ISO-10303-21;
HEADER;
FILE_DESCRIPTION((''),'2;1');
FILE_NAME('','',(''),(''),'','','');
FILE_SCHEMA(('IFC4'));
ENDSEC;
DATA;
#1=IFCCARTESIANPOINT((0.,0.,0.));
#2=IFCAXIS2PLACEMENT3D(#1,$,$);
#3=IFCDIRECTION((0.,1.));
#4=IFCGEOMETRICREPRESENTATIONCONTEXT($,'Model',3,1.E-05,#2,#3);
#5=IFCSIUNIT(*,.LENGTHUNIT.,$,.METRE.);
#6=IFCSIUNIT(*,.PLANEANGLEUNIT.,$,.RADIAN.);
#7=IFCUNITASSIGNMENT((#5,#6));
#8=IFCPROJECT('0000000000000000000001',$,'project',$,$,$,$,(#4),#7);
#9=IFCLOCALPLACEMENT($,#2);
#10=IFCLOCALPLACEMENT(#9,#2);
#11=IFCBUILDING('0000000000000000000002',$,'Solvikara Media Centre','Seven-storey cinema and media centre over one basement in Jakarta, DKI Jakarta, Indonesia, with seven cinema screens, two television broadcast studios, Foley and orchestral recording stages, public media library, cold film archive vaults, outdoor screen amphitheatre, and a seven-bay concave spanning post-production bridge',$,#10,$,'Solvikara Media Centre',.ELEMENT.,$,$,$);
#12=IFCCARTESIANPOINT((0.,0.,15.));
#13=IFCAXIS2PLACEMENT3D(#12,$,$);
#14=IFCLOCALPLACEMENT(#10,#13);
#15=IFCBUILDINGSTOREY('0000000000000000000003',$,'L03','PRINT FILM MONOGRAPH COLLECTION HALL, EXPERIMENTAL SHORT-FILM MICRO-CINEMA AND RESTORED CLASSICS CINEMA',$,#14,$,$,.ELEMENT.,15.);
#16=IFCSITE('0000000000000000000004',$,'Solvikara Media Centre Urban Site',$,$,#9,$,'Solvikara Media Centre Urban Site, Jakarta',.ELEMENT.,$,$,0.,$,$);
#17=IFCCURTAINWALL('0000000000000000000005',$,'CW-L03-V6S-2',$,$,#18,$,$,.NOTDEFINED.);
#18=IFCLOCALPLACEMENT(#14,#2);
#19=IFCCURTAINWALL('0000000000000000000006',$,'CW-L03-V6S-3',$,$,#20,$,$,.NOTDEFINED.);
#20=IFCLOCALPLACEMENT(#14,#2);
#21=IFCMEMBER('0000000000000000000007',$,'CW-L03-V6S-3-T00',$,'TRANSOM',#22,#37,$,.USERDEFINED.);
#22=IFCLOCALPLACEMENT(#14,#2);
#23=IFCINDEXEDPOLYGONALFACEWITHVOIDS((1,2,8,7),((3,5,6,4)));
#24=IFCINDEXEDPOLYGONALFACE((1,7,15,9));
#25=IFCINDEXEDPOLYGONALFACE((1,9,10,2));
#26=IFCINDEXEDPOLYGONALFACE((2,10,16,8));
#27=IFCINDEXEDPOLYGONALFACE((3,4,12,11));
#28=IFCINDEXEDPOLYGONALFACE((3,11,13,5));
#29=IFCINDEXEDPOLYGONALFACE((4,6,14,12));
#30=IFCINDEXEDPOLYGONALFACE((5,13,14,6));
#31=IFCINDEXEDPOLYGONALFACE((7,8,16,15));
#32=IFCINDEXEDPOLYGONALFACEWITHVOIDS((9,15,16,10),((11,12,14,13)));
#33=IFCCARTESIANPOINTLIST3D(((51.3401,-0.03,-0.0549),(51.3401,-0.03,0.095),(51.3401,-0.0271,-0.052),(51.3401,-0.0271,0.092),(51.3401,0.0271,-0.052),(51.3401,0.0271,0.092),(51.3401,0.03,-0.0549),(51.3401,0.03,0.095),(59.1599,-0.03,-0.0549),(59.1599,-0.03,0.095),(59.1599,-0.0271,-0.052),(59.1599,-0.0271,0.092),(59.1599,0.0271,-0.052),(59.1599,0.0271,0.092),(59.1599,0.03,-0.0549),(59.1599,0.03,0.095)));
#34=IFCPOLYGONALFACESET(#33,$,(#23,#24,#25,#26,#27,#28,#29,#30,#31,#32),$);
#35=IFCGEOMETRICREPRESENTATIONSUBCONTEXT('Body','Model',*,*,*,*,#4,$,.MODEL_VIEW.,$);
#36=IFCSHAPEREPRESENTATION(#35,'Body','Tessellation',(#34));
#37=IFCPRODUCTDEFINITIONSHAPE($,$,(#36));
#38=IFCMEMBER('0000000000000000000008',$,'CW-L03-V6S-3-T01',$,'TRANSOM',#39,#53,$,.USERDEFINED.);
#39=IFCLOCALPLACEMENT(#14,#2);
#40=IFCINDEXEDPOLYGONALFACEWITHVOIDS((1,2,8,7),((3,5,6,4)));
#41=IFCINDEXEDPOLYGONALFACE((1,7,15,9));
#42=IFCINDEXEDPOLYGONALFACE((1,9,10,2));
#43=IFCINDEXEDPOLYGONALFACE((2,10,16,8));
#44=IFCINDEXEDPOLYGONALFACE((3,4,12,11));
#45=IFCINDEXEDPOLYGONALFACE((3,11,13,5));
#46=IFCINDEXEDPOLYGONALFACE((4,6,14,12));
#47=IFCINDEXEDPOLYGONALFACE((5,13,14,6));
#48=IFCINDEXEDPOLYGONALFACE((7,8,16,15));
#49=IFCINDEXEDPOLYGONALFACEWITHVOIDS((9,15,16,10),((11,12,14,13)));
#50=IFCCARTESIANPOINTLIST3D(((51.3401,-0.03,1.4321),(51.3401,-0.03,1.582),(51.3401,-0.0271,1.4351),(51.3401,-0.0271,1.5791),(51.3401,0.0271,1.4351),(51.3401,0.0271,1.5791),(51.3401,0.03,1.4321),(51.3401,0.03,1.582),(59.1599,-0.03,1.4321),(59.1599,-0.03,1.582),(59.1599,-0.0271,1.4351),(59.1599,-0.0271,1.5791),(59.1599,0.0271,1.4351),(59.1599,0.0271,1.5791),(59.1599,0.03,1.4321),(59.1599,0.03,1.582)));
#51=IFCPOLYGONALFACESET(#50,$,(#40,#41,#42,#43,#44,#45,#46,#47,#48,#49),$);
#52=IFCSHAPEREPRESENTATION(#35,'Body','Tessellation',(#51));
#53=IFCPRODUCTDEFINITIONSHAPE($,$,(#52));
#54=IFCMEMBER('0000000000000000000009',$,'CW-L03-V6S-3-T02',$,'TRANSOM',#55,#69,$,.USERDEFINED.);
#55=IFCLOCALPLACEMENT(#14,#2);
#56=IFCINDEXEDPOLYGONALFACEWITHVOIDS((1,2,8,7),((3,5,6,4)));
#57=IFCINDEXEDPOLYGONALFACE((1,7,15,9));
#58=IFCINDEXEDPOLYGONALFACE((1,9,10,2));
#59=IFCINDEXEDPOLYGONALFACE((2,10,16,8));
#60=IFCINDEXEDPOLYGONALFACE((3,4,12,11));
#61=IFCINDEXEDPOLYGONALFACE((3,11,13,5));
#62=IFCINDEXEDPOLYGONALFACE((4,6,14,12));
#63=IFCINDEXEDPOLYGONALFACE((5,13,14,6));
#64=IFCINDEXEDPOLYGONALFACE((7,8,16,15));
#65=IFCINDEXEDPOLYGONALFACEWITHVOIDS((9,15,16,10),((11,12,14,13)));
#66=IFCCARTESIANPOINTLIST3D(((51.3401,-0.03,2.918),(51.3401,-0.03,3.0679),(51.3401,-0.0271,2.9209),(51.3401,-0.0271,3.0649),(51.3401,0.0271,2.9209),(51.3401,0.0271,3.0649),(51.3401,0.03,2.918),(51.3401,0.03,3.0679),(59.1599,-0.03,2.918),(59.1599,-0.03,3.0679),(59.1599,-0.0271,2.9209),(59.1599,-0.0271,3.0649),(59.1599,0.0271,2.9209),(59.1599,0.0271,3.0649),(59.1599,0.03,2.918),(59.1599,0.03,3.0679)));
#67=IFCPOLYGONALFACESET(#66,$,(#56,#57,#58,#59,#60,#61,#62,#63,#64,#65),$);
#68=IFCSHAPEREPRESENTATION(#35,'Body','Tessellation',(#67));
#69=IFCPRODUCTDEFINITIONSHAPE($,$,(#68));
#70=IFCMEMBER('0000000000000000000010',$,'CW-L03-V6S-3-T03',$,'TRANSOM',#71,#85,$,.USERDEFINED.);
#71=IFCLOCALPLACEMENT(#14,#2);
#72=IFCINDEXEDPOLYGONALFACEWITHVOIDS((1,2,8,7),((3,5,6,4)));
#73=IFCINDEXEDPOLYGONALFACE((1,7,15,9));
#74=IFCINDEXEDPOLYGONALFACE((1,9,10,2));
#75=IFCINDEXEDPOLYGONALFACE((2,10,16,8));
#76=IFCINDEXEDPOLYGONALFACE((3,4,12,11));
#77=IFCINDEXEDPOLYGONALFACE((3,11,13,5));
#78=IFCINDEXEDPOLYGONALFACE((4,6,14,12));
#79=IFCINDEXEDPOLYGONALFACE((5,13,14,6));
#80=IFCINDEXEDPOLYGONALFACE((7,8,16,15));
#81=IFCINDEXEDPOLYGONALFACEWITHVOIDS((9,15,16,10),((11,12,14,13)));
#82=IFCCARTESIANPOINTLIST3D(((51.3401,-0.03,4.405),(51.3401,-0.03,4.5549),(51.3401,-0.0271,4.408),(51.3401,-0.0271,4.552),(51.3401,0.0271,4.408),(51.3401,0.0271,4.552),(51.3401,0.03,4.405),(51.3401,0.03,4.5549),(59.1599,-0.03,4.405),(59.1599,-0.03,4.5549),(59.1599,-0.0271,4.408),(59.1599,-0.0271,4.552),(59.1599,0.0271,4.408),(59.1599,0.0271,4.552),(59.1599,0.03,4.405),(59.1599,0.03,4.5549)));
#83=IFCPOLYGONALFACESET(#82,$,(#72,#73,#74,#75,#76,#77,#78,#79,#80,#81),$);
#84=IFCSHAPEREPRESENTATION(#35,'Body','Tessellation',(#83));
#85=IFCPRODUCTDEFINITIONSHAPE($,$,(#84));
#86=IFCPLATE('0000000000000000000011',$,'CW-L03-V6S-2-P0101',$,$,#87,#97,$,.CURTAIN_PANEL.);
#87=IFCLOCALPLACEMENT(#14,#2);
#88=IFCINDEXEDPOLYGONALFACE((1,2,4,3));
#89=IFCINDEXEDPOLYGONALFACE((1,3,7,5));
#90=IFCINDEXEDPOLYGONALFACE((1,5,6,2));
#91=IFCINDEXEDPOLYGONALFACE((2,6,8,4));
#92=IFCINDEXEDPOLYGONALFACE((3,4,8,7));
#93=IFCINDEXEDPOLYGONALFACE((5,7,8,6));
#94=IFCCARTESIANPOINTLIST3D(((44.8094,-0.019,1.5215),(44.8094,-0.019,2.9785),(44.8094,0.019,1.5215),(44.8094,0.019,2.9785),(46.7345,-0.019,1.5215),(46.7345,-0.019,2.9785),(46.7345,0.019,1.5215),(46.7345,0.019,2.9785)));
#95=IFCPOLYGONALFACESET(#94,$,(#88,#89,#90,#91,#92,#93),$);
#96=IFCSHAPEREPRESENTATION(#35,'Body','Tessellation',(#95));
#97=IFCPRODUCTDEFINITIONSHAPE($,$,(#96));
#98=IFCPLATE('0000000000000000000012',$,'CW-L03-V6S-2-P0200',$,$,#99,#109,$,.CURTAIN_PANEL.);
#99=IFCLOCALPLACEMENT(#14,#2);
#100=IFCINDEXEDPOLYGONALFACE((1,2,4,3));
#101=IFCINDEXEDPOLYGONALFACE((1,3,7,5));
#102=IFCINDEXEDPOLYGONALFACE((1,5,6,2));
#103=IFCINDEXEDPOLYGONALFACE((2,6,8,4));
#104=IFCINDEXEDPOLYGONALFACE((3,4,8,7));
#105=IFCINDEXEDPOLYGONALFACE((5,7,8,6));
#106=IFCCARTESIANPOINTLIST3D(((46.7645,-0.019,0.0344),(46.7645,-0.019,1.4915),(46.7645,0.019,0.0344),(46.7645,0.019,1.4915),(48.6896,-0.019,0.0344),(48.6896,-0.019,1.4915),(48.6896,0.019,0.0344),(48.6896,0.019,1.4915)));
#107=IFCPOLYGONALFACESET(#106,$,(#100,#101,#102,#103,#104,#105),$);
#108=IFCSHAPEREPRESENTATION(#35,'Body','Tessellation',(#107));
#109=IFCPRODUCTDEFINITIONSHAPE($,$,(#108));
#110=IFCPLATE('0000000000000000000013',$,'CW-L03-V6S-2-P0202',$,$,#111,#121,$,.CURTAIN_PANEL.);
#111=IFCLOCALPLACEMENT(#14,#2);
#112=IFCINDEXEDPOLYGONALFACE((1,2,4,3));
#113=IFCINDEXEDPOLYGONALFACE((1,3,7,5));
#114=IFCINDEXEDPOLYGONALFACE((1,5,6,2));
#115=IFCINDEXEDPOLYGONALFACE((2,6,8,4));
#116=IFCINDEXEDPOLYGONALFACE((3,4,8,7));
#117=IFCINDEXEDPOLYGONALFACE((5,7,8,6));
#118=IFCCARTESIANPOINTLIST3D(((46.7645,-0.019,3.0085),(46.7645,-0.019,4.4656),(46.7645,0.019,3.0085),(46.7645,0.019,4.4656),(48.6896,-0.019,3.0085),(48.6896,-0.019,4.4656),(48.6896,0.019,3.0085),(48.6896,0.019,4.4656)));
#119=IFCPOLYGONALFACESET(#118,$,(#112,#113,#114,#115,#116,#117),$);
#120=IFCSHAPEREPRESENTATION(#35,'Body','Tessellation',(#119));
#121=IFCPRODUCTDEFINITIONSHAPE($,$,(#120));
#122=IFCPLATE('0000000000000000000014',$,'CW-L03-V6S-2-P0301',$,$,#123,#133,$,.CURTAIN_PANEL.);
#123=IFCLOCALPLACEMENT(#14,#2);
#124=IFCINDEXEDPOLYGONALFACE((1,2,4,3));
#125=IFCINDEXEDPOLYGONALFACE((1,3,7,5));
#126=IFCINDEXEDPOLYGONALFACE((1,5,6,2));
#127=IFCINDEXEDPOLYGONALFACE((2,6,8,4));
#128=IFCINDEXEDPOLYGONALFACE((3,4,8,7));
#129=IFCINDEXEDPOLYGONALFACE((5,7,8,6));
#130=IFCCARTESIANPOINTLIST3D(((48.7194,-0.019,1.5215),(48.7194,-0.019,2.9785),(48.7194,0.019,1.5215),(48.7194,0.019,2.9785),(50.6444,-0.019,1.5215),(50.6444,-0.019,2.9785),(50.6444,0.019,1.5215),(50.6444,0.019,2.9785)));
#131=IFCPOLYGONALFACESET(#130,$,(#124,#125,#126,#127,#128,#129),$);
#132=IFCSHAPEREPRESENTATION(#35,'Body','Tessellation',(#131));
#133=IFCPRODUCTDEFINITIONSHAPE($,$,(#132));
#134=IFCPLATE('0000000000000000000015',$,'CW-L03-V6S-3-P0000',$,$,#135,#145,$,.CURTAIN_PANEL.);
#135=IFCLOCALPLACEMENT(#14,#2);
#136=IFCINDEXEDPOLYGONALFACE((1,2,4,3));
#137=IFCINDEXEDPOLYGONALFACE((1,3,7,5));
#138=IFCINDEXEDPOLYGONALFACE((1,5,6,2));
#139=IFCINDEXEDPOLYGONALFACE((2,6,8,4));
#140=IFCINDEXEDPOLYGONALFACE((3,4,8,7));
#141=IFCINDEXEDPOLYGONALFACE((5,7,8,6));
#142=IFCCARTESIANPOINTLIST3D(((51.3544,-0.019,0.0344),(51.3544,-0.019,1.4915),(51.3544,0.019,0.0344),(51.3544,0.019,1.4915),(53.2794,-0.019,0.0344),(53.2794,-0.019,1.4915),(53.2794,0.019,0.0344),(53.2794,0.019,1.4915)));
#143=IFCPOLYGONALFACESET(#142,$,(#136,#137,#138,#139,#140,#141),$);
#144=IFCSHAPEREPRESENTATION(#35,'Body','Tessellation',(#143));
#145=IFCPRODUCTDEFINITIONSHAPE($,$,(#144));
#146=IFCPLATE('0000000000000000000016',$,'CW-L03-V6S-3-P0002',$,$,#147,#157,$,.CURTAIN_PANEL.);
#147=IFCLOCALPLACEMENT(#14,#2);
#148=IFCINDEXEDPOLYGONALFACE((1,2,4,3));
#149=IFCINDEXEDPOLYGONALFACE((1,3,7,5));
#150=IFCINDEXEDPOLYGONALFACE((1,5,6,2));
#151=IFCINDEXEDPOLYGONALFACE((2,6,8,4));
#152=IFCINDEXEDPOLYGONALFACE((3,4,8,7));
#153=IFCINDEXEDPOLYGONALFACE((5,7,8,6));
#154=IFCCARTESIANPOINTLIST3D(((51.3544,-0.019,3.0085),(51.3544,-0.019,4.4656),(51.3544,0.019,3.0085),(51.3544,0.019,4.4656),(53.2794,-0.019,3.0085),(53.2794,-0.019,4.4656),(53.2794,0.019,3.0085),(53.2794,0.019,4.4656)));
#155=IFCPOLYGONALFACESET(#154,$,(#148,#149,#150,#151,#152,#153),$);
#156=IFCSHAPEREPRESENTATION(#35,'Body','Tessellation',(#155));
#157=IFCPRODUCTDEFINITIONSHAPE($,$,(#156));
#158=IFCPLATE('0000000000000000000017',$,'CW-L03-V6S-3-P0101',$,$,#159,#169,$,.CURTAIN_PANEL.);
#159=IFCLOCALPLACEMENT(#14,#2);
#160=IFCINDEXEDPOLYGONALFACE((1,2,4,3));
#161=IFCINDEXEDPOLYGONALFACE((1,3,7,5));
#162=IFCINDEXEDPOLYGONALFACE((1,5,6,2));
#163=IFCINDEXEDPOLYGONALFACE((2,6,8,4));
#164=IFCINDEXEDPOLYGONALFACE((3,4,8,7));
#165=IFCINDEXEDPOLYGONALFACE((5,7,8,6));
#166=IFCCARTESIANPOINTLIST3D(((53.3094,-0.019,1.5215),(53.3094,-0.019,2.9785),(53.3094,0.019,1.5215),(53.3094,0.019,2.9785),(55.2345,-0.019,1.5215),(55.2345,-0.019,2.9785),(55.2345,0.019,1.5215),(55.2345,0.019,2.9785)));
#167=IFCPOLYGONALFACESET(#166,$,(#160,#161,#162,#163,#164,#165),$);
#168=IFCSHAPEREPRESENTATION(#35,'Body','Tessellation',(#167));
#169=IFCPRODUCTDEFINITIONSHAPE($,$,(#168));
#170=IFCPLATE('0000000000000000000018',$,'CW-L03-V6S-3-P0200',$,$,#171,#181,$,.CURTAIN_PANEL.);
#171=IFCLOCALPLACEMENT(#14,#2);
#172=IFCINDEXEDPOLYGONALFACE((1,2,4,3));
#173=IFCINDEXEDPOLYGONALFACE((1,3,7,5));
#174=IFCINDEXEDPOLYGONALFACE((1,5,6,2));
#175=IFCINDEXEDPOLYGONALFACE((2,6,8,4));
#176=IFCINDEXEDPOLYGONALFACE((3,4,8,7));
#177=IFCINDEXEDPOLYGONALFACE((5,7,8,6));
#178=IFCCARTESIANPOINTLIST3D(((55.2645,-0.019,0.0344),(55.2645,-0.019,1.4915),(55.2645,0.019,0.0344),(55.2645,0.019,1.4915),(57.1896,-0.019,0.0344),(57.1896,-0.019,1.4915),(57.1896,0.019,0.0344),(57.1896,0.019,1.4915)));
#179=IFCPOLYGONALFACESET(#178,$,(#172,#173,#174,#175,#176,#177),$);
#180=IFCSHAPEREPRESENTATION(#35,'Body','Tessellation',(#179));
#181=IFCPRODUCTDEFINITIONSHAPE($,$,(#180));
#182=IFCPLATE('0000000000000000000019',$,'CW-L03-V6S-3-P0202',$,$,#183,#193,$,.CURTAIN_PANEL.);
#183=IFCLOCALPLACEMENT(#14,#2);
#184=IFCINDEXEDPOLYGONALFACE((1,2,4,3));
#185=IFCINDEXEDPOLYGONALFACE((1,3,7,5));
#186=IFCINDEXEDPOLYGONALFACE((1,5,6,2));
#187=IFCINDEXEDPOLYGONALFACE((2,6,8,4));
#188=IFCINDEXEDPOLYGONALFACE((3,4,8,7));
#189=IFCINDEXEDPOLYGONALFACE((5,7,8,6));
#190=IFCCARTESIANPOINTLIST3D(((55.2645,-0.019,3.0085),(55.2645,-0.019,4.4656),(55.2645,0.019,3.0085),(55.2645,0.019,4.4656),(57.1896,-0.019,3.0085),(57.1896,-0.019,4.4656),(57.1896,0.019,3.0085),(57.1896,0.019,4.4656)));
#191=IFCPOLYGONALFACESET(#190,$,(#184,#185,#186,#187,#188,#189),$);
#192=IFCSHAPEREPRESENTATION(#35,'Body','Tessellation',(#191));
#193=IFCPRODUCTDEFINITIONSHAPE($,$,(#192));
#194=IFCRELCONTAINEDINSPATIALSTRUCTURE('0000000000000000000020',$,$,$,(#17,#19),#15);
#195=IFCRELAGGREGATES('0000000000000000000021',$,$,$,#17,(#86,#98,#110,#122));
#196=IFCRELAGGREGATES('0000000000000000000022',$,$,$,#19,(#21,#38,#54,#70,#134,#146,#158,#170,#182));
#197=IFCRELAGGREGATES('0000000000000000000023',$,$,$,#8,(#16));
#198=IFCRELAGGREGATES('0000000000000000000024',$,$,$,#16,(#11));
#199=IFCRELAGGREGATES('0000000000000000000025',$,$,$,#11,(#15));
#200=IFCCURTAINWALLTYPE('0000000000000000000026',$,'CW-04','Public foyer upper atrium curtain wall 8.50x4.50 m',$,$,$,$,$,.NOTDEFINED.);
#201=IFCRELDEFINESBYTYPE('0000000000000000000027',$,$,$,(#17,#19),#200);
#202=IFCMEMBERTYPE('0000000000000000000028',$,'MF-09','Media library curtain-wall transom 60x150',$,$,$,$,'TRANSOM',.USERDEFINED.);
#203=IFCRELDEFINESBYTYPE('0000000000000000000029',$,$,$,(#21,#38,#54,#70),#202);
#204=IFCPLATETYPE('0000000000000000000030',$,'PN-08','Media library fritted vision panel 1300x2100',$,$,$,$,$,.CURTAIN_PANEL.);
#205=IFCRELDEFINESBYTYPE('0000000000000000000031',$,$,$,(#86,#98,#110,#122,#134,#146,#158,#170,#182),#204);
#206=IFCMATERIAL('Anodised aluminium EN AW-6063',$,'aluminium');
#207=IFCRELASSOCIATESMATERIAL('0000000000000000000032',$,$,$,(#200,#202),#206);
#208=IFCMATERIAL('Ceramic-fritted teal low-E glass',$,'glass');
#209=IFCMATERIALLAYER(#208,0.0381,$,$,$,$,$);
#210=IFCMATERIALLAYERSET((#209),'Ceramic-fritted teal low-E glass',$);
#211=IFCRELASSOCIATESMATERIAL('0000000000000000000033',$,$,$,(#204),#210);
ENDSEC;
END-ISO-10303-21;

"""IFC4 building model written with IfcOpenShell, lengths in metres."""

from ifc_helpers import new_model, si_unit, direction, frame, origin, origin_2d, place, context, subcontext, project, spatial, rectangle, hollow_rectangle, extrude, material, layer, layer_set, material_profile, profile_set, type_object, element, aggregate, save


model = new_model("IFC4")

# Units and contexts
model_context = context("Model", 3, precision=1e-05, world=origin(), true_north=direction((0.0, 1.0)))
body_context = subcontext(model_context, "Body", "Model", "MODEL_VIEW")
ifc_project = project(units=[si_unit("LENGTHUNIT", "METRE"), si_unit("PLANEANGLEUNIT", "RADIAN")], contexts=[model_context])

# Site, building, storey
site_placement = place(None, origin())
site = spatial("IfcSite", under=ifc_project, at=site_placement, Name="Solvikara Media Centre Urban Site", LongName="Solvikara Media Centre Urban Site, Jakarta", CompositionType="ELEMENT", RefElevation=0.0)
building_placement = place(site_placement, origin())
building = spatial("IfcBuilding", under=site, at=building_placement, Name="Solvikara Media Centre", Description="Seven-storey cinema and media centre over one basement in Jakarta, DKI Jakarta, Indonesia, with seven cinema screens, two television broadcast studios, Foley and orchestral recording stages, public media library, cold film archive vaults, outdoor screen amphitheatre, and a seven-bay concave spanning post-production bridge", LongName="Solvikara Media Centre", CompositionType="ELEMENT")
storey_placement = place(building_placement, frame((0.0, 0.0, 15.0)))
storey = spatial("IfcBuildingStorey", under=building, at=storey_placement, Name="L03", Description="PRINT FILM MONOGRAPH COLLECTION HALL, EXPERIMENTAL SHORT-FILM MICRO-CINEMA AND RESTORED CLASSICS CINEMA", CompositionType="ELEMENT", Elevation=15.0)

# Curtain walls, members
ifc_material_1 = material(Name="Anodised aluminium EN AW-6063", Category="aluminium")
curtain_wall_type = type_object("IfcCurtainWallType", Name="CW-04", Description="Public foyer upper atrium curtain wall 8.50x4.50 m", PredefinedType="NOTDEFINED", material=ifc_material_1)
curtain_wall_1_placement = place(storey_placement, origin())
curtain_wall_1 = element("IfcCurtainWall", 1, at=curtain_wall_1_placement, inside=storey, type_object=curtain_wall_type, Name="CW-L03-V6S-2", PredefinedType="NOTDEFINED")
curtain_wall_2_placement = place(storey_placement, origin())
curtain_wall_2 = element("IfcCurtainWall", 2, at=curtain_wall_2_placement, inside=storey, type_object=curtain_wall_type, Name="CW-L03-V6S-3", PredefinedType="NOTDEFINED")
ifc_material_profile_1 = material_profile(ifc_material_1, hollow_rectangle(XDim=0.0601, YDim=0.1499, WallThickness=0.0029, at=origin_2d()), Name="ALU-T 60x150x3")
ifc_profile_set_1 = profile_set([ifc_material_profile_1], Name="Anodised aluminium EN AW-6063")
member_type_1 = type_object("IfcMemberType", Name="MF-09", Description="Media library curtain-wall transom 60x150", ElementType="TRANSOM", PredefinedType="USERDEFINED", material=ifc_profile_set_1)
member_1_placement = place(storey_placement, frame((51.3401, 0.0, 0.02), z_axis=(1.0, 0.0, 0.0), x_axis=(0.0, 1.0, 0.0)))
member_1 = element("IfcMember", 3, at=member_1_placement, type_object=member_type_1, Name="CW-L03-V6S-3-T00", ObjectType="TRANSOM", PredefinedType="USERDEFINED", context=body_context, shape_type="SweptSolid", body=[
    extrude(hollow_rectangle(XDim=0.0601, YDim=0.1499, WallThickness=0.0029, at=origin_2d()), origin(), (0.0, 0.0, 1.0), 7.8198),
])
member_2_placement = place(storey_placement, frame((51.3401, 0.0, 1.5071), z_axis=(1.0, 0.0, 0.0), x_axis=(0.0, 1.0, 0.0)))
member_2 = element("IfcMember", 4, at=member_2_placement, type_object=member_type_1, Name="CW-L03-V6S-3-T01", ObjectType="TRANSOM", PredefinedType="USERDEFINED", context=body_context, shape_type="SweptSolid", body=[
    extrude(hollow_rectangle(XDim=0.0601, YDim=0.1499, WallThickness=0.0029, at=origin_2d()), origin(), (0.0, 0.0, 1.0), 7.8198),
])
member_3_placement = place(storey_placement, frame((51.3401, 0.0, 2.9929), z_axis=(1.0, 0.0, 0.0), x_axis=(0.0, 1.0, 0.0)))
member_3 = element("IfcMember", 5, at=member_3_placement, type_object=member_type_1, Name="CW-L03-V6S-3-T02", ObjectType="TRANSOM", PredefinedType="USERDEFINED", context=body_context, shape_type="SweptSolid", body=[
    extrude(hollow_rectangle(XDim=0.0601, YDim=0.1499, WallThickness=0.0029, at=origin_2d()), origin(), (0.0, 0.0, 1.0), 7.8198),
])
member_4_placement = place(storey_placement, frame((51.3401, 0.0, 4.48), z_axis=(1.0, 0.0, 0.0), x_axis=(0.0, 1.0, 0.0)))
member_4 = element("IfcMember", 6, at=member_4_placement, type_object=member_type_1, Name="CW-L03-V6S-3-T03", ObjectType="TRANSOM", PredefinedType="USERDEFINED", context=body_context, shape_type="SweptSolid", body=[
    extrude(hollow_rectangle(XDim=0.0601, YDim=0.1499, WallThickness=0.0029, at=origin_2d()), origin(), (0.0, 0.0, 1.0), 7.8198),
])

# Plates
ifc_material_2 = material(Name="Ceramic-fritted teal low-E glass", Category="glass")
ifc_layer_1 = layer(ifc_material_2, 0.0381)
ifc_layer_set_1 = layer_set([ifc_layer_1], Name="Ceramic-fritted teal low-E glass")
plate_type_1 = type_object("IfcPlateType", Name="PN-08", Description="Media library fritted vision panel 1300x2100", PredefinedType="CURTAIN_PANEL", material=ifc_layer_set_1)
plate_1_placement = place(storey_placement, frame((45.772, 0.0, 1.5215), z_axis=(0.0, 0.0, 1.0), x_axis=(1.0, 0.0, 0.0)))
plate_1 = element("IfcPlate", 7, at=plate_1_placement, type_object=plate_type_1, Name="CW-L03-V6S-2-P0101", PredefinedType="CURTAIN_PANEL", context=body_context, shape_type="SweptSolid", body=[
    extrude(rectangle(XDim=1.925, YDim=0.0381, at=origin_2d()), origin(), (0.0, 0.0, 1.0), 1.457),
])
plate_2_placement = place(storey_placement, frame((47.7271, 0.0, 0.0344), z_axis=(0.0, 0.0, 1.0), x_axis=(1.0, 0.0, 0.0)))
plate_2 = element("IfcPlate", 8, at=plate_2_placement, type_object=plate_type_1, Name="CW-L03-V6S-2-P0200", PredefinedType="CURTAIN_PANEL", context=body_context, shape_type="SweptSolid", body=[
    extrude(rectangle(XDim=1.925, YDim=0.0381, at=origin_2d()), origin(), (0.0, 0.0, 1.0), 1.457),
])
plate_3_placement = place(storey_placement, frame((47.7271, 0.0, 3.0085), z_axis=(0.0, 0.0, 1.0), x_axis=(1.0, 0.0, 0.0)))
plate_3 = element("IfcPlate", 9, at=plate_3_placement, type_object=plate_type_1, Name="CW-L03-V6S-2-P0202", PredefinedType="CURTAIN_PANEL", context=body_context, shape_type="SweptSolid", body=[
    extrude(rectangle(XDim=1.925, YDim=0.0381, at=origin_2d()), origin(), (0.0, 0.0, 1.0), 1.457),
])
plate_4_placement = place(storey_placement, frame((49.6819, 0.0, 1.5215), z_axis=(0.0, 0.0, 1.0), x_axis=(1.0, 0.0, 0.0)))
plate_4 = element("IfcPlate", 10, at=plate_4_placement, type_object=plate_type_1, Name="CW-L03-V6S-2-P0301", PredefinedType="CURTAIN_PANEL", context=body_context, shape_type="SweptSolid", body=[
    extrude(rectangle(XDim=1.925, YDim=0.0381, at=origin_2d()), origin(), (0.0, 0.0, 1.0), 1.457),
])
plate_5_placement = place(storey_placement, frame((52.3169, 0.0, 0.0344), z_axis=(0.0, 0.0, 1.0), x_axis=(1.0, 0.0, 0.0)))
plate_5 = element("IfcPlate", 11, at=plate_5_placement, type_object=plate_type_1, Name="CW-L03-V6S-3-P0000", PredefinedType="CURTAIN_PANEL", context=body_context, shape_type="SweptSolid", body=[
    extrude(rectangle(XDim=1.925, YDim=0.0381, at=origin_2d()), origin(), (0.0, 0.0, 1.0), 1.457),
])
plate_6_placement = place(storey_placement, frame((52.3169, 0.0, 3.0085), z_axis=(0.0, 0.0, 1.0), x_axis=(1.0, 0.0, 0.0)))
plate_6 = element("IfcPlate", 12, at=plate_6_placement, type_object=plate_type_1, Name="CW-L03-V6S-3-P0002", PredefinedType="CURTAIN_PANEL", context=body_context, shape_type="SweptSolid", body=[
    extrude(rectangle(XDim=1.925, YDim=0.0381, at=origin_2d()), origin(), (0.0, 0.0, 1.0), 1.457),
])
plate_7_placement = place(storey_placement, frame((54.272, 0.0, 1.5215), z_axis=(0.0, 0.0, 1.0), x_axis=(1.0, 0.0, 0.0)))
plate_7 = element("IfcPlate", 13, at=plate_7_placement, type_object=plate_type_1, Name="CW-L03-V6S-3-P0101", PredefinedType="CURTAIN_PANEL", context=body_context, shape_type="SweptSolid", body=[
    extrude(rectangle(XDim=1.925, YDim=0.0381, at=origin_2d()), origin(), (0.0, 0.0, 1.0), 1.457),
])
plate_8_placement = place(storey_placement, frame((56.2271, 0.0, 0.0344), z_axis=(0.0, 0.0, 1.0), x_axis=(1.0, 0.0, 0.0)))
plate_8 = element("IfcPlate", 14, at=plate_8_placement, type_object=plate_type_1, Name="CW-L03-V6S-3-P0200", PredefinedType="CURTAIN_PANEL", context=body_context, shape_type="SweptSolid", body=[
    extrude(rectangle(XDim=1.925, YDim=0.0381, at=origin_2d()), origin(), (0.0, 0.0, 1.0), 1.457),
])
plate_9_placement = place(storey_placement, frame((56.2271, 0.0, 3.0085), z_axis=(0.0, 0.0, 1.0), x_axis=(1.0, 0.0, 0.0)))
plate_9 = element("IfcPlate", 15, at=plate_9_placement, type_object=plate_type_1, Name="CW-L03-V6S-3-P0202", PredefinedType="CURTAIN_PANEL", context=body_context, shape_type="SweptSolid", body=[
    extrude(rectangle(XDim=1.925, YDim=0.0381, at=origin_2d()), origin(), (0.0, 0.0, 1.0), 1.457),
])
aggregate(curtain_wall_1, [plate_1, plate_2, plate_3, plate_4])
aggregate(curtain_wall_2, [member_1, member_2, member_3, member_4, plate_5, plate_6, plate_7, plate_8, plate_9])

save(model, "model.ifc")
